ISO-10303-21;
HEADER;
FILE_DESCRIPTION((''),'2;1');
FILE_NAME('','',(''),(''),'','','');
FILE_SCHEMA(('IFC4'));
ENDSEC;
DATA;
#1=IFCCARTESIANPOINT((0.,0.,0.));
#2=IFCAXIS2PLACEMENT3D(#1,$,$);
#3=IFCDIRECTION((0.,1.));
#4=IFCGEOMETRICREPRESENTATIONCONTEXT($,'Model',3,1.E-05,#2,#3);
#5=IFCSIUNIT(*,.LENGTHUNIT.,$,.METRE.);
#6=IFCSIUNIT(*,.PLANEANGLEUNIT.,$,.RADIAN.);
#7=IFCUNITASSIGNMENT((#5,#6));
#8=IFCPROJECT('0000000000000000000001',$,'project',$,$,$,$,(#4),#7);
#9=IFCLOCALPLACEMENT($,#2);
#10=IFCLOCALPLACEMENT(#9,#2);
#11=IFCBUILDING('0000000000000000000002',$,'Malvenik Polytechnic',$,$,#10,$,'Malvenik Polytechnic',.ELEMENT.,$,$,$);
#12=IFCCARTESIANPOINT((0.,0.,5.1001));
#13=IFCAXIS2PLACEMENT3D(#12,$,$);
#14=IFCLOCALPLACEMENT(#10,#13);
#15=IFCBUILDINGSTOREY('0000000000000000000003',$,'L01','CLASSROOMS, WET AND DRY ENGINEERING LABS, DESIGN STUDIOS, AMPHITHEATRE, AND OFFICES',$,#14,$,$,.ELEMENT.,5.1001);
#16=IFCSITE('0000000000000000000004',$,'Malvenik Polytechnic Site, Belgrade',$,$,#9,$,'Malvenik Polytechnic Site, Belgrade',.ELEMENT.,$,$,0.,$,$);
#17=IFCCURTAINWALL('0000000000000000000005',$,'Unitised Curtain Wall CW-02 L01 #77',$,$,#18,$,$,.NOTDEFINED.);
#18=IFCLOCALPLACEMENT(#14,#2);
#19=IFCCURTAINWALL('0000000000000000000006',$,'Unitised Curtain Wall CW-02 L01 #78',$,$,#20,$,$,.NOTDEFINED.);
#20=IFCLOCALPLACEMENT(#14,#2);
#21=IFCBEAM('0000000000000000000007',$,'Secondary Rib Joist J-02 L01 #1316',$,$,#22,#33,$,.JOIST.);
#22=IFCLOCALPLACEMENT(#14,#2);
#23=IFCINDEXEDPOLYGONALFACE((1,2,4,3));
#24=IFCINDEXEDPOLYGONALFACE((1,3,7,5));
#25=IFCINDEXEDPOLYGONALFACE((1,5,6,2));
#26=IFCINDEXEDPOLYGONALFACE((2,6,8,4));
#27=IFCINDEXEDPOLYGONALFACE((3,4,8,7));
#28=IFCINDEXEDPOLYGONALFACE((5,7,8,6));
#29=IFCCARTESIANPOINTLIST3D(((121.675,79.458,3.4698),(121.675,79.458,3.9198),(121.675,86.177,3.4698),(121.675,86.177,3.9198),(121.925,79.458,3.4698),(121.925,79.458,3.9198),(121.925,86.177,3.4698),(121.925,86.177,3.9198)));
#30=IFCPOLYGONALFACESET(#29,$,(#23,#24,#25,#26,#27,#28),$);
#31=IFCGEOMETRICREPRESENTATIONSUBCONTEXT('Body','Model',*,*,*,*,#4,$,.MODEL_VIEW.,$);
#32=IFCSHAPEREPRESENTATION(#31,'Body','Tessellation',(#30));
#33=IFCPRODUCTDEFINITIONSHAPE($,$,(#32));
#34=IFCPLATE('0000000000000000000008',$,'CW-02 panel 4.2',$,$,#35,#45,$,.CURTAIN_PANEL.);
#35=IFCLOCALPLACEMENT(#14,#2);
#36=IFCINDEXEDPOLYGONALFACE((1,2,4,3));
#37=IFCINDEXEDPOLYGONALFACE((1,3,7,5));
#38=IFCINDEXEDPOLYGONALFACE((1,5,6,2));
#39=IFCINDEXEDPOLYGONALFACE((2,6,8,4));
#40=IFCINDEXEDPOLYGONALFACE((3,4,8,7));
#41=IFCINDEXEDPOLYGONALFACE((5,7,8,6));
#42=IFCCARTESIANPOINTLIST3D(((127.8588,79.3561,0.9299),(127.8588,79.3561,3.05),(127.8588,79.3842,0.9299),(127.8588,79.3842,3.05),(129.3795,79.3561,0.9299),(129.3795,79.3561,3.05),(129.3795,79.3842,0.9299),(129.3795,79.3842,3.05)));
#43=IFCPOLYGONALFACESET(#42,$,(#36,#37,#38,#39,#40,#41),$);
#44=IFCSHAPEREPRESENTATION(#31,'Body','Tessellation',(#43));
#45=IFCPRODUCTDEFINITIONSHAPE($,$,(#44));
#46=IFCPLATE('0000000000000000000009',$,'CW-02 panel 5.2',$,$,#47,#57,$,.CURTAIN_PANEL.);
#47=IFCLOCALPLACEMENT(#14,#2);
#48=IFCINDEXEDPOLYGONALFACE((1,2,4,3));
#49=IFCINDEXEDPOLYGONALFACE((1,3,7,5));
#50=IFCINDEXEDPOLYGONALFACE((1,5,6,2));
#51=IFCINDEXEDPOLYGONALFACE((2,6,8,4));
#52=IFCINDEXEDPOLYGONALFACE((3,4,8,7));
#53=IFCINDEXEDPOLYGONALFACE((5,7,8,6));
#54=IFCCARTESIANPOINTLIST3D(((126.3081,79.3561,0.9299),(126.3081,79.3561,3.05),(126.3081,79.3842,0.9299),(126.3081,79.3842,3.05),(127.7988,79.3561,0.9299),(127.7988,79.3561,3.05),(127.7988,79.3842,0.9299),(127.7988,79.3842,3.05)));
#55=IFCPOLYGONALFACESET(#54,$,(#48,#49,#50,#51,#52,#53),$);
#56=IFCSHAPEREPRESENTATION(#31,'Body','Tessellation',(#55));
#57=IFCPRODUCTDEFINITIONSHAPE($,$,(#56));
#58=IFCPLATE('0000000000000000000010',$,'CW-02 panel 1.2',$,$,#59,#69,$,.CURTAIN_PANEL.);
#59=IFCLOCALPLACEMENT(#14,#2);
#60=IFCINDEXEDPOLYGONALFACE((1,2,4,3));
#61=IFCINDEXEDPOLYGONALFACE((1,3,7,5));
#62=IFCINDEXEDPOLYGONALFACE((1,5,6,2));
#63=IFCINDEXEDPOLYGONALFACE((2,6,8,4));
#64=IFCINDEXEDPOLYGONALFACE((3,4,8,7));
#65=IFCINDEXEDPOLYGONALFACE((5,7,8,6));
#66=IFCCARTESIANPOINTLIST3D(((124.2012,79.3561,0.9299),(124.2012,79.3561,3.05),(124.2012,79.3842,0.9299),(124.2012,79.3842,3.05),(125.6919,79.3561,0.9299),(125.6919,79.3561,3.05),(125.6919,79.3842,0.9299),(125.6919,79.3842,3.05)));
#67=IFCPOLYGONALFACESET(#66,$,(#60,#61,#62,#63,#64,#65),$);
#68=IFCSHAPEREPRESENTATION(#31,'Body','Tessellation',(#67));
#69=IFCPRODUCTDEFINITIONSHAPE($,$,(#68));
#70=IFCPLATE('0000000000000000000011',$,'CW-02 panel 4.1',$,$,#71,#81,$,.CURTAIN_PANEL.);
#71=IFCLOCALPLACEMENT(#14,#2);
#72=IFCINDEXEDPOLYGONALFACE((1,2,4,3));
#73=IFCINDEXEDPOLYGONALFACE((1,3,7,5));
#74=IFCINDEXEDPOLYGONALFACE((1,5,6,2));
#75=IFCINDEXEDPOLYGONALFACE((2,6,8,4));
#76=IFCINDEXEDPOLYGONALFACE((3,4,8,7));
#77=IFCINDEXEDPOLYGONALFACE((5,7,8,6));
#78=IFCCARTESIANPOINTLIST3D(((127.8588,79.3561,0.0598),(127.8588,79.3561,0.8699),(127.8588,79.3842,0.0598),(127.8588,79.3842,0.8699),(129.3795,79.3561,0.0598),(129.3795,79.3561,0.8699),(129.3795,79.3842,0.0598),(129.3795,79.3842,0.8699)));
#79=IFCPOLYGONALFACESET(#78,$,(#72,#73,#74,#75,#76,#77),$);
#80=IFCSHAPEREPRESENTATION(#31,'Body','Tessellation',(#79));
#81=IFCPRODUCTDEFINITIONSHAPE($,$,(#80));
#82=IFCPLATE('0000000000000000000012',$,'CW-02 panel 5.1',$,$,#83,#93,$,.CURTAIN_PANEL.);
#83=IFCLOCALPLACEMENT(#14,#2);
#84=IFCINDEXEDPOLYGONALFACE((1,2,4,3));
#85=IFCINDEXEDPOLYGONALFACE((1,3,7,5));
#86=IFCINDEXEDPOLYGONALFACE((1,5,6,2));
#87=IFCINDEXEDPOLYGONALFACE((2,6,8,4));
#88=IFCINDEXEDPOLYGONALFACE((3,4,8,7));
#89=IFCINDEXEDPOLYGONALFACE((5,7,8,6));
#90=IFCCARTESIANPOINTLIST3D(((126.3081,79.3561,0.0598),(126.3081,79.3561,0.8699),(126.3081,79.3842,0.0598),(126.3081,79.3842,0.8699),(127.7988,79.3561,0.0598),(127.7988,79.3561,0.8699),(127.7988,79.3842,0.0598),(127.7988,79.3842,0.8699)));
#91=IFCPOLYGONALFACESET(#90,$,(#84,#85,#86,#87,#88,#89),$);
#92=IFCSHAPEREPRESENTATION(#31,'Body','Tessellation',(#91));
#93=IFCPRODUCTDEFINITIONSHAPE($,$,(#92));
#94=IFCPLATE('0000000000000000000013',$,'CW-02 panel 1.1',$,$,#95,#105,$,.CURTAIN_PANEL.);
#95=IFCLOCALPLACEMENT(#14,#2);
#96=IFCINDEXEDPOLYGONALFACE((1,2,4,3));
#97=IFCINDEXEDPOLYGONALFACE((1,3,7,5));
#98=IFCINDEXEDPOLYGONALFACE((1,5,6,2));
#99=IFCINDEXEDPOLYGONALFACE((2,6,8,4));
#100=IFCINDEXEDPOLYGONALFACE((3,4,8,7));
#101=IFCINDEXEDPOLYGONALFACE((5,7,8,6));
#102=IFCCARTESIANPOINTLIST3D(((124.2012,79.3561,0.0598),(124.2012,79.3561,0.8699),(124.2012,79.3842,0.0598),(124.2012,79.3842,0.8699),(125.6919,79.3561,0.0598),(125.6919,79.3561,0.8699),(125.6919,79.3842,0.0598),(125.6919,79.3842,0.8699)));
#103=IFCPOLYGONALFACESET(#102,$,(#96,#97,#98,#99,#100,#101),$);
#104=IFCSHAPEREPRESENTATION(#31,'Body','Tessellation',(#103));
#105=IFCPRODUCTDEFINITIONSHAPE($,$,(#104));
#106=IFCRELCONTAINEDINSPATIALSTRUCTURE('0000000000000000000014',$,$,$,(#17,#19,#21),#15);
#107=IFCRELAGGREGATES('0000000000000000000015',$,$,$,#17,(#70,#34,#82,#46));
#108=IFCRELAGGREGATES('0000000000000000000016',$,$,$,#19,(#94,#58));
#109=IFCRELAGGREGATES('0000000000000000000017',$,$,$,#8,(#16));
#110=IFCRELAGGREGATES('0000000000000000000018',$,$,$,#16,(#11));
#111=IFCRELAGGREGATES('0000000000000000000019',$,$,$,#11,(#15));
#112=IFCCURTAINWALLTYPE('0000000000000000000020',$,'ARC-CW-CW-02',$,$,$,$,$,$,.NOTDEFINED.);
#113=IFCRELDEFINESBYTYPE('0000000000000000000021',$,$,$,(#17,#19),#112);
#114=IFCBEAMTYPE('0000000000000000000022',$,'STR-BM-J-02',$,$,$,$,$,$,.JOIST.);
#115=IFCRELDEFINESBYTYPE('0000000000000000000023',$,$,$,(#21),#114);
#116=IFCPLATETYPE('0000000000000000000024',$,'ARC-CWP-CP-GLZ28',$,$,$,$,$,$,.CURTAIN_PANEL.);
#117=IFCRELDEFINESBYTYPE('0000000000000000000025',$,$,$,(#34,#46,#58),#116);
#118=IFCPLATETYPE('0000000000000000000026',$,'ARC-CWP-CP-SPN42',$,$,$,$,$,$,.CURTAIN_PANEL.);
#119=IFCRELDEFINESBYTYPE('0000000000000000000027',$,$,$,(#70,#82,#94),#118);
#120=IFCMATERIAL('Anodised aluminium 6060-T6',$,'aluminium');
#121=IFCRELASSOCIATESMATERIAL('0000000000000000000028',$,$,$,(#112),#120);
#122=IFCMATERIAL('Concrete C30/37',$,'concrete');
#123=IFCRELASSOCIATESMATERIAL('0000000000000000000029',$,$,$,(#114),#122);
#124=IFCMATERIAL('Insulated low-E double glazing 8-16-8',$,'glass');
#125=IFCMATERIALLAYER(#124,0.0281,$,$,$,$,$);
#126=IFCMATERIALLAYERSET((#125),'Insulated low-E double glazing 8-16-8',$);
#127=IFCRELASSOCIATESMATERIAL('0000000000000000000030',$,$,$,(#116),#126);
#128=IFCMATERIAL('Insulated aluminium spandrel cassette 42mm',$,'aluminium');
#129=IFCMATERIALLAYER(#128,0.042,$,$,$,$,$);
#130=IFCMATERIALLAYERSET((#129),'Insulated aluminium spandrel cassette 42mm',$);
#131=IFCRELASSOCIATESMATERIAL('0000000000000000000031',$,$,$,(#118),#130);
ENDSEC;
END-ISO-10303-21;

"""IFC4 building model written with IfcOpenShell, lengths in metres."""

from ifc_helpers import new_model, si_unit, direction, frame, origin, origin_2d, place, context, subcontext, project, spatial, rectangle, extrude, material, layer, layer_set, material_profile, profile_set, type_object, element, aggregate, save


model = new_model("IFC4")

# Units and contexts
model_context = context("Model", 3, precision=1e-05, world=origin(), true_north=direction((0.0, 1.0)))
body_context = subcontext(model_context, "Body", "Model", "MODEL_VIEW")
ifc_project = project(units=[si_unit("LENGTHUNIT", "METRE"), si_unit("PLANEANGLEUNIT", "RADIAN")], contexts=[model_context])

# Site, building, storey
site_placement = place(None, origin())
site = spatial("IfcSite", under=ifc_project, at=site_placement, Name="Malvenik Polytechnic Site, Belgrade", LongName="Malvenik Polytechnic Site, Belgrade", CompositionType="ELEMENT", RefElevation=0.0)
building_placement = place(site_placement, origin())
building = spatial("IfcBuilding", under=site, at=building_placement, Name="Malvenik Polytechnic", LongName="Malvenik Polytechnic", CompositionType="ELEMENT")
storey_placement = place(building_placement, frame((0.0, 0.0, 5.1001)))
storey = spatial("IfcBuildingStorey", under=building, at=storey_placement, Name="L01", Description="CLASSROOMS, WET AND DRY ENGINEERING LABS, DESIGN STUDIOS, AMPHITHEATRE, AND OFFICES", CompositionType="ELEMENT", Elevation=5.1001)

# Curtain walls
ifc_material_1 = material(Name="Anodised aluminium 6060-T6", Category="aluminium")
curtain_wall_type = type_object("IfcCurtainWallType", Name="ARC-CW-CW-02", PredefinedType="NOTDEFINED", material=ifc_material_1)
curtain_wall_1_placement = place(storey_placement, origin())
curtain_wall_1 = element("IfcCurtainWall", 1, at=curtain_wall_1_placement, inside=storey, type_object=curtain_wall_type, Name="Unitised Curtain Wall CW-02 L01 #77", PredefinedType="NOTDEFINED")
curtain_wall_2_placement = place(storey_placement, origin())
curtain_wall_2 = element("IfcCurtainWall", 2, at=curtain_wall_2_placement, inside=storey, type_object=curtain_wall_type, Name="Unitised Curtain Wall CW-02 L01 #78", PredefinedType="NOTDEFINED")

# Beam
ifc_material_2 = material(Name="Concrete C30/37", Category="concrete")
ifc_material_profile_1 = material_profile(ifc_material_2, rectangle(XDim=0.25, YDim=0.45, at=origin_2d()), Name="RC JST 250x450")
ifc_profile_set_1 = profile_set([ifc_material_profile_1], Name="Concrete C30/37")
beam_type_1 = type_object("IfcBeamType", Name="STR-BM-J-02", PredefinedType="JOIST", material=ifc_profile_set_1)
beam_1_placement = place(storey_placement, frame((121.8, 79.458, 3.6948), z_axis=(0.0, 1.0, 0.0), x_axis=(-1.0, 0.0, 0.0)))
element("IfcBeam", 3, at=beam_1_placement, inside=storey, type_object=beam_type_1, Name="Secondary Rib Joist J-02 L01 #1316", PredefinedType="JOIST", context=body_context, shape_type="SweptSolid", body=[
    extrude(rectangle(XDim=0.25, YDim=0.45, at=origin_2d()), origin(), (0.0, 0.0, 1.0), 6.719),
])

# Plates
ifc_material_3 = material(Name="Insulated low-E double glazing 8-16-8", Category="glass")
ifc_layer_1 = layer(ifc_material_3, 0.0281)
ifc_layer_set_1 = layer_set([ifc_layer_1], Name="Insulated low-E double glazing 8-16-8")
plate_type_1 = type_object("IfcPlateType", Name="ARC-CWP-CP-GLZ28", PredefinedType="CURTAIN_PANEL", material=ifc_layer_set_1)
plate_1_placement = place(storey_placement, frame((128.6191, 79.3701, 0.9299), z_axis=(0.0, 0.0, 1.0), x_axis=(-1.0, 0.0, 0.0)))
plate_1 = element("IfcPlate", 4, at=plate_1_placement, type_object=plate_type_1, Name="CW-02 panel 4.2", PredefinedType="CURTAIN_PANEL", context=body_context, shape_type="SweptSolid", body=[
    extrude(rectangle(XDim=1.5208, YDim=0.0281, at=origin_2d()), origin(), (0.0, 0.0, 1.0), 2.1201),
])
plate_2_placement = place(storey_placement, frame((127.0535, 79.3701, 0.9299), z_axis=(0.0, 0.0, 1.0), x_axis=(-1.0, 0.0, 0.0)))
plate_2 = element("IfcPlate", 5, at=plate_2_placement, type_object=plate_type_1, Name="CW-02 panel 5.2", PredefinedType="CURTAIN_PANEL", context=body_context, shape_type="SweptSolid", body=[
    extrude(rectangle(XDim=1.4907, YDim=0.0281, at=origin_2d()), origin(), (0.0, 0.0, 1.0), 2.1201),
])
plate_3_placement = place(storey_placement, frame((124.9465, 79.3701, 0.9299), z_axis=(0.0, 0.0, 1.0), x_axis=(-1.0, 0.0, 0.0)))
plate_3 = element("IfcPlate", 6, at=plate_3_placement, type_object=plate_type_1, Name="CW-02 panel 1.2", PredefinedType="CURTAIN_PANEL", context=body_context, shape_type="SweptSolid", body=[
    extrude(rectangle(XDim=1.4907, YDim=0.0281, at=origin_2d()), origin(), (0.0, 0.0, 1.0), 2.1201),
])
ifc_material_4 = material(Name="Insulated aluminium spandrel cassette 42mm", Category="aluminium")
ifc_layer_2 = layer(ifc_material_4, 0.042)
ifc_layer_set_2 = layer_set([ifc_layer_2], Name="Insulated aluminium spandrel cassette 42mm")
plate_type_2 = type_object("IfcPlateType", Name="ARC-CWP-CP-SPN42", PredefinedType="CURTAIN_PANEL", material=ifc_layer_set_2)
plate_4_placement = place(storey_placement, frame((128.6191, 79.3701, 0.0598), z_axis=(0.0, 0.0, 1.0), x_axis=(-1.0, 0.0, 0.0)))
plate_4 = element("IfcPlate", 7, at=plate_4_placement, type_object=plate_type_2, Name="CW-02 panel 4.1", PredefinedType="CURTAIN_PANEL", context=body_context, shape_type="SweptSolid", body=[
    extrude(rectangle(XDim=1.5208, YDim=0.0281, at=origin_2d()), origin(), (0.0, 0.0, 1.0), 0.8101),
])
plate_5_placement = place(storey_placement, frame((127.0535, 79.3701, 0.0598), z_axis=(0.0, 0.0, 1.0), x_axis=(-1.0, 0.0, 0.0)))
plate_5 = element("IfcPlate", 8, at=plate_5_placement, type_object=plate_type_2, Name="CW-02 panel 5.1", PredefinedType="CURTAIN_PANEL", context=body_context, shape_type="SweptSolid", body=[
    extrude(rectangle(XDim=1.4907, YDim=0.0281, at=origin_2d()), origin(), (0.0, 0.0, 1.0), 0.8101),
])
aggregate(curtain_wall_1, [plate_4, plate_1, plate_5, plate_2])
plate_6_placement = place(storey_placement, frame((124.9465, 79.3701, 0.0598), z_axis=(0.0, 0.0, 1.0), x_axis=(-1.0, 0.0, 0.0)))
plate_6 = element("IfcPlate", 9, at=plate_6_placement, type_object=plate_type_2, Name="CW-02 panel 1.1", PredefinedType="CURTAIN_PANEL", context=body_context, shape_type="SweptSolid", body=[
    extrude(rectangle(XDim=1.4907, YDim=0.0281, at=origin_2d()), origin(), (0.0, 0.0, 1.0), 0.8101),
])
aggregate(curtain_wall_2, [plate_6, plate_3])

save(model, "model.ifc")
